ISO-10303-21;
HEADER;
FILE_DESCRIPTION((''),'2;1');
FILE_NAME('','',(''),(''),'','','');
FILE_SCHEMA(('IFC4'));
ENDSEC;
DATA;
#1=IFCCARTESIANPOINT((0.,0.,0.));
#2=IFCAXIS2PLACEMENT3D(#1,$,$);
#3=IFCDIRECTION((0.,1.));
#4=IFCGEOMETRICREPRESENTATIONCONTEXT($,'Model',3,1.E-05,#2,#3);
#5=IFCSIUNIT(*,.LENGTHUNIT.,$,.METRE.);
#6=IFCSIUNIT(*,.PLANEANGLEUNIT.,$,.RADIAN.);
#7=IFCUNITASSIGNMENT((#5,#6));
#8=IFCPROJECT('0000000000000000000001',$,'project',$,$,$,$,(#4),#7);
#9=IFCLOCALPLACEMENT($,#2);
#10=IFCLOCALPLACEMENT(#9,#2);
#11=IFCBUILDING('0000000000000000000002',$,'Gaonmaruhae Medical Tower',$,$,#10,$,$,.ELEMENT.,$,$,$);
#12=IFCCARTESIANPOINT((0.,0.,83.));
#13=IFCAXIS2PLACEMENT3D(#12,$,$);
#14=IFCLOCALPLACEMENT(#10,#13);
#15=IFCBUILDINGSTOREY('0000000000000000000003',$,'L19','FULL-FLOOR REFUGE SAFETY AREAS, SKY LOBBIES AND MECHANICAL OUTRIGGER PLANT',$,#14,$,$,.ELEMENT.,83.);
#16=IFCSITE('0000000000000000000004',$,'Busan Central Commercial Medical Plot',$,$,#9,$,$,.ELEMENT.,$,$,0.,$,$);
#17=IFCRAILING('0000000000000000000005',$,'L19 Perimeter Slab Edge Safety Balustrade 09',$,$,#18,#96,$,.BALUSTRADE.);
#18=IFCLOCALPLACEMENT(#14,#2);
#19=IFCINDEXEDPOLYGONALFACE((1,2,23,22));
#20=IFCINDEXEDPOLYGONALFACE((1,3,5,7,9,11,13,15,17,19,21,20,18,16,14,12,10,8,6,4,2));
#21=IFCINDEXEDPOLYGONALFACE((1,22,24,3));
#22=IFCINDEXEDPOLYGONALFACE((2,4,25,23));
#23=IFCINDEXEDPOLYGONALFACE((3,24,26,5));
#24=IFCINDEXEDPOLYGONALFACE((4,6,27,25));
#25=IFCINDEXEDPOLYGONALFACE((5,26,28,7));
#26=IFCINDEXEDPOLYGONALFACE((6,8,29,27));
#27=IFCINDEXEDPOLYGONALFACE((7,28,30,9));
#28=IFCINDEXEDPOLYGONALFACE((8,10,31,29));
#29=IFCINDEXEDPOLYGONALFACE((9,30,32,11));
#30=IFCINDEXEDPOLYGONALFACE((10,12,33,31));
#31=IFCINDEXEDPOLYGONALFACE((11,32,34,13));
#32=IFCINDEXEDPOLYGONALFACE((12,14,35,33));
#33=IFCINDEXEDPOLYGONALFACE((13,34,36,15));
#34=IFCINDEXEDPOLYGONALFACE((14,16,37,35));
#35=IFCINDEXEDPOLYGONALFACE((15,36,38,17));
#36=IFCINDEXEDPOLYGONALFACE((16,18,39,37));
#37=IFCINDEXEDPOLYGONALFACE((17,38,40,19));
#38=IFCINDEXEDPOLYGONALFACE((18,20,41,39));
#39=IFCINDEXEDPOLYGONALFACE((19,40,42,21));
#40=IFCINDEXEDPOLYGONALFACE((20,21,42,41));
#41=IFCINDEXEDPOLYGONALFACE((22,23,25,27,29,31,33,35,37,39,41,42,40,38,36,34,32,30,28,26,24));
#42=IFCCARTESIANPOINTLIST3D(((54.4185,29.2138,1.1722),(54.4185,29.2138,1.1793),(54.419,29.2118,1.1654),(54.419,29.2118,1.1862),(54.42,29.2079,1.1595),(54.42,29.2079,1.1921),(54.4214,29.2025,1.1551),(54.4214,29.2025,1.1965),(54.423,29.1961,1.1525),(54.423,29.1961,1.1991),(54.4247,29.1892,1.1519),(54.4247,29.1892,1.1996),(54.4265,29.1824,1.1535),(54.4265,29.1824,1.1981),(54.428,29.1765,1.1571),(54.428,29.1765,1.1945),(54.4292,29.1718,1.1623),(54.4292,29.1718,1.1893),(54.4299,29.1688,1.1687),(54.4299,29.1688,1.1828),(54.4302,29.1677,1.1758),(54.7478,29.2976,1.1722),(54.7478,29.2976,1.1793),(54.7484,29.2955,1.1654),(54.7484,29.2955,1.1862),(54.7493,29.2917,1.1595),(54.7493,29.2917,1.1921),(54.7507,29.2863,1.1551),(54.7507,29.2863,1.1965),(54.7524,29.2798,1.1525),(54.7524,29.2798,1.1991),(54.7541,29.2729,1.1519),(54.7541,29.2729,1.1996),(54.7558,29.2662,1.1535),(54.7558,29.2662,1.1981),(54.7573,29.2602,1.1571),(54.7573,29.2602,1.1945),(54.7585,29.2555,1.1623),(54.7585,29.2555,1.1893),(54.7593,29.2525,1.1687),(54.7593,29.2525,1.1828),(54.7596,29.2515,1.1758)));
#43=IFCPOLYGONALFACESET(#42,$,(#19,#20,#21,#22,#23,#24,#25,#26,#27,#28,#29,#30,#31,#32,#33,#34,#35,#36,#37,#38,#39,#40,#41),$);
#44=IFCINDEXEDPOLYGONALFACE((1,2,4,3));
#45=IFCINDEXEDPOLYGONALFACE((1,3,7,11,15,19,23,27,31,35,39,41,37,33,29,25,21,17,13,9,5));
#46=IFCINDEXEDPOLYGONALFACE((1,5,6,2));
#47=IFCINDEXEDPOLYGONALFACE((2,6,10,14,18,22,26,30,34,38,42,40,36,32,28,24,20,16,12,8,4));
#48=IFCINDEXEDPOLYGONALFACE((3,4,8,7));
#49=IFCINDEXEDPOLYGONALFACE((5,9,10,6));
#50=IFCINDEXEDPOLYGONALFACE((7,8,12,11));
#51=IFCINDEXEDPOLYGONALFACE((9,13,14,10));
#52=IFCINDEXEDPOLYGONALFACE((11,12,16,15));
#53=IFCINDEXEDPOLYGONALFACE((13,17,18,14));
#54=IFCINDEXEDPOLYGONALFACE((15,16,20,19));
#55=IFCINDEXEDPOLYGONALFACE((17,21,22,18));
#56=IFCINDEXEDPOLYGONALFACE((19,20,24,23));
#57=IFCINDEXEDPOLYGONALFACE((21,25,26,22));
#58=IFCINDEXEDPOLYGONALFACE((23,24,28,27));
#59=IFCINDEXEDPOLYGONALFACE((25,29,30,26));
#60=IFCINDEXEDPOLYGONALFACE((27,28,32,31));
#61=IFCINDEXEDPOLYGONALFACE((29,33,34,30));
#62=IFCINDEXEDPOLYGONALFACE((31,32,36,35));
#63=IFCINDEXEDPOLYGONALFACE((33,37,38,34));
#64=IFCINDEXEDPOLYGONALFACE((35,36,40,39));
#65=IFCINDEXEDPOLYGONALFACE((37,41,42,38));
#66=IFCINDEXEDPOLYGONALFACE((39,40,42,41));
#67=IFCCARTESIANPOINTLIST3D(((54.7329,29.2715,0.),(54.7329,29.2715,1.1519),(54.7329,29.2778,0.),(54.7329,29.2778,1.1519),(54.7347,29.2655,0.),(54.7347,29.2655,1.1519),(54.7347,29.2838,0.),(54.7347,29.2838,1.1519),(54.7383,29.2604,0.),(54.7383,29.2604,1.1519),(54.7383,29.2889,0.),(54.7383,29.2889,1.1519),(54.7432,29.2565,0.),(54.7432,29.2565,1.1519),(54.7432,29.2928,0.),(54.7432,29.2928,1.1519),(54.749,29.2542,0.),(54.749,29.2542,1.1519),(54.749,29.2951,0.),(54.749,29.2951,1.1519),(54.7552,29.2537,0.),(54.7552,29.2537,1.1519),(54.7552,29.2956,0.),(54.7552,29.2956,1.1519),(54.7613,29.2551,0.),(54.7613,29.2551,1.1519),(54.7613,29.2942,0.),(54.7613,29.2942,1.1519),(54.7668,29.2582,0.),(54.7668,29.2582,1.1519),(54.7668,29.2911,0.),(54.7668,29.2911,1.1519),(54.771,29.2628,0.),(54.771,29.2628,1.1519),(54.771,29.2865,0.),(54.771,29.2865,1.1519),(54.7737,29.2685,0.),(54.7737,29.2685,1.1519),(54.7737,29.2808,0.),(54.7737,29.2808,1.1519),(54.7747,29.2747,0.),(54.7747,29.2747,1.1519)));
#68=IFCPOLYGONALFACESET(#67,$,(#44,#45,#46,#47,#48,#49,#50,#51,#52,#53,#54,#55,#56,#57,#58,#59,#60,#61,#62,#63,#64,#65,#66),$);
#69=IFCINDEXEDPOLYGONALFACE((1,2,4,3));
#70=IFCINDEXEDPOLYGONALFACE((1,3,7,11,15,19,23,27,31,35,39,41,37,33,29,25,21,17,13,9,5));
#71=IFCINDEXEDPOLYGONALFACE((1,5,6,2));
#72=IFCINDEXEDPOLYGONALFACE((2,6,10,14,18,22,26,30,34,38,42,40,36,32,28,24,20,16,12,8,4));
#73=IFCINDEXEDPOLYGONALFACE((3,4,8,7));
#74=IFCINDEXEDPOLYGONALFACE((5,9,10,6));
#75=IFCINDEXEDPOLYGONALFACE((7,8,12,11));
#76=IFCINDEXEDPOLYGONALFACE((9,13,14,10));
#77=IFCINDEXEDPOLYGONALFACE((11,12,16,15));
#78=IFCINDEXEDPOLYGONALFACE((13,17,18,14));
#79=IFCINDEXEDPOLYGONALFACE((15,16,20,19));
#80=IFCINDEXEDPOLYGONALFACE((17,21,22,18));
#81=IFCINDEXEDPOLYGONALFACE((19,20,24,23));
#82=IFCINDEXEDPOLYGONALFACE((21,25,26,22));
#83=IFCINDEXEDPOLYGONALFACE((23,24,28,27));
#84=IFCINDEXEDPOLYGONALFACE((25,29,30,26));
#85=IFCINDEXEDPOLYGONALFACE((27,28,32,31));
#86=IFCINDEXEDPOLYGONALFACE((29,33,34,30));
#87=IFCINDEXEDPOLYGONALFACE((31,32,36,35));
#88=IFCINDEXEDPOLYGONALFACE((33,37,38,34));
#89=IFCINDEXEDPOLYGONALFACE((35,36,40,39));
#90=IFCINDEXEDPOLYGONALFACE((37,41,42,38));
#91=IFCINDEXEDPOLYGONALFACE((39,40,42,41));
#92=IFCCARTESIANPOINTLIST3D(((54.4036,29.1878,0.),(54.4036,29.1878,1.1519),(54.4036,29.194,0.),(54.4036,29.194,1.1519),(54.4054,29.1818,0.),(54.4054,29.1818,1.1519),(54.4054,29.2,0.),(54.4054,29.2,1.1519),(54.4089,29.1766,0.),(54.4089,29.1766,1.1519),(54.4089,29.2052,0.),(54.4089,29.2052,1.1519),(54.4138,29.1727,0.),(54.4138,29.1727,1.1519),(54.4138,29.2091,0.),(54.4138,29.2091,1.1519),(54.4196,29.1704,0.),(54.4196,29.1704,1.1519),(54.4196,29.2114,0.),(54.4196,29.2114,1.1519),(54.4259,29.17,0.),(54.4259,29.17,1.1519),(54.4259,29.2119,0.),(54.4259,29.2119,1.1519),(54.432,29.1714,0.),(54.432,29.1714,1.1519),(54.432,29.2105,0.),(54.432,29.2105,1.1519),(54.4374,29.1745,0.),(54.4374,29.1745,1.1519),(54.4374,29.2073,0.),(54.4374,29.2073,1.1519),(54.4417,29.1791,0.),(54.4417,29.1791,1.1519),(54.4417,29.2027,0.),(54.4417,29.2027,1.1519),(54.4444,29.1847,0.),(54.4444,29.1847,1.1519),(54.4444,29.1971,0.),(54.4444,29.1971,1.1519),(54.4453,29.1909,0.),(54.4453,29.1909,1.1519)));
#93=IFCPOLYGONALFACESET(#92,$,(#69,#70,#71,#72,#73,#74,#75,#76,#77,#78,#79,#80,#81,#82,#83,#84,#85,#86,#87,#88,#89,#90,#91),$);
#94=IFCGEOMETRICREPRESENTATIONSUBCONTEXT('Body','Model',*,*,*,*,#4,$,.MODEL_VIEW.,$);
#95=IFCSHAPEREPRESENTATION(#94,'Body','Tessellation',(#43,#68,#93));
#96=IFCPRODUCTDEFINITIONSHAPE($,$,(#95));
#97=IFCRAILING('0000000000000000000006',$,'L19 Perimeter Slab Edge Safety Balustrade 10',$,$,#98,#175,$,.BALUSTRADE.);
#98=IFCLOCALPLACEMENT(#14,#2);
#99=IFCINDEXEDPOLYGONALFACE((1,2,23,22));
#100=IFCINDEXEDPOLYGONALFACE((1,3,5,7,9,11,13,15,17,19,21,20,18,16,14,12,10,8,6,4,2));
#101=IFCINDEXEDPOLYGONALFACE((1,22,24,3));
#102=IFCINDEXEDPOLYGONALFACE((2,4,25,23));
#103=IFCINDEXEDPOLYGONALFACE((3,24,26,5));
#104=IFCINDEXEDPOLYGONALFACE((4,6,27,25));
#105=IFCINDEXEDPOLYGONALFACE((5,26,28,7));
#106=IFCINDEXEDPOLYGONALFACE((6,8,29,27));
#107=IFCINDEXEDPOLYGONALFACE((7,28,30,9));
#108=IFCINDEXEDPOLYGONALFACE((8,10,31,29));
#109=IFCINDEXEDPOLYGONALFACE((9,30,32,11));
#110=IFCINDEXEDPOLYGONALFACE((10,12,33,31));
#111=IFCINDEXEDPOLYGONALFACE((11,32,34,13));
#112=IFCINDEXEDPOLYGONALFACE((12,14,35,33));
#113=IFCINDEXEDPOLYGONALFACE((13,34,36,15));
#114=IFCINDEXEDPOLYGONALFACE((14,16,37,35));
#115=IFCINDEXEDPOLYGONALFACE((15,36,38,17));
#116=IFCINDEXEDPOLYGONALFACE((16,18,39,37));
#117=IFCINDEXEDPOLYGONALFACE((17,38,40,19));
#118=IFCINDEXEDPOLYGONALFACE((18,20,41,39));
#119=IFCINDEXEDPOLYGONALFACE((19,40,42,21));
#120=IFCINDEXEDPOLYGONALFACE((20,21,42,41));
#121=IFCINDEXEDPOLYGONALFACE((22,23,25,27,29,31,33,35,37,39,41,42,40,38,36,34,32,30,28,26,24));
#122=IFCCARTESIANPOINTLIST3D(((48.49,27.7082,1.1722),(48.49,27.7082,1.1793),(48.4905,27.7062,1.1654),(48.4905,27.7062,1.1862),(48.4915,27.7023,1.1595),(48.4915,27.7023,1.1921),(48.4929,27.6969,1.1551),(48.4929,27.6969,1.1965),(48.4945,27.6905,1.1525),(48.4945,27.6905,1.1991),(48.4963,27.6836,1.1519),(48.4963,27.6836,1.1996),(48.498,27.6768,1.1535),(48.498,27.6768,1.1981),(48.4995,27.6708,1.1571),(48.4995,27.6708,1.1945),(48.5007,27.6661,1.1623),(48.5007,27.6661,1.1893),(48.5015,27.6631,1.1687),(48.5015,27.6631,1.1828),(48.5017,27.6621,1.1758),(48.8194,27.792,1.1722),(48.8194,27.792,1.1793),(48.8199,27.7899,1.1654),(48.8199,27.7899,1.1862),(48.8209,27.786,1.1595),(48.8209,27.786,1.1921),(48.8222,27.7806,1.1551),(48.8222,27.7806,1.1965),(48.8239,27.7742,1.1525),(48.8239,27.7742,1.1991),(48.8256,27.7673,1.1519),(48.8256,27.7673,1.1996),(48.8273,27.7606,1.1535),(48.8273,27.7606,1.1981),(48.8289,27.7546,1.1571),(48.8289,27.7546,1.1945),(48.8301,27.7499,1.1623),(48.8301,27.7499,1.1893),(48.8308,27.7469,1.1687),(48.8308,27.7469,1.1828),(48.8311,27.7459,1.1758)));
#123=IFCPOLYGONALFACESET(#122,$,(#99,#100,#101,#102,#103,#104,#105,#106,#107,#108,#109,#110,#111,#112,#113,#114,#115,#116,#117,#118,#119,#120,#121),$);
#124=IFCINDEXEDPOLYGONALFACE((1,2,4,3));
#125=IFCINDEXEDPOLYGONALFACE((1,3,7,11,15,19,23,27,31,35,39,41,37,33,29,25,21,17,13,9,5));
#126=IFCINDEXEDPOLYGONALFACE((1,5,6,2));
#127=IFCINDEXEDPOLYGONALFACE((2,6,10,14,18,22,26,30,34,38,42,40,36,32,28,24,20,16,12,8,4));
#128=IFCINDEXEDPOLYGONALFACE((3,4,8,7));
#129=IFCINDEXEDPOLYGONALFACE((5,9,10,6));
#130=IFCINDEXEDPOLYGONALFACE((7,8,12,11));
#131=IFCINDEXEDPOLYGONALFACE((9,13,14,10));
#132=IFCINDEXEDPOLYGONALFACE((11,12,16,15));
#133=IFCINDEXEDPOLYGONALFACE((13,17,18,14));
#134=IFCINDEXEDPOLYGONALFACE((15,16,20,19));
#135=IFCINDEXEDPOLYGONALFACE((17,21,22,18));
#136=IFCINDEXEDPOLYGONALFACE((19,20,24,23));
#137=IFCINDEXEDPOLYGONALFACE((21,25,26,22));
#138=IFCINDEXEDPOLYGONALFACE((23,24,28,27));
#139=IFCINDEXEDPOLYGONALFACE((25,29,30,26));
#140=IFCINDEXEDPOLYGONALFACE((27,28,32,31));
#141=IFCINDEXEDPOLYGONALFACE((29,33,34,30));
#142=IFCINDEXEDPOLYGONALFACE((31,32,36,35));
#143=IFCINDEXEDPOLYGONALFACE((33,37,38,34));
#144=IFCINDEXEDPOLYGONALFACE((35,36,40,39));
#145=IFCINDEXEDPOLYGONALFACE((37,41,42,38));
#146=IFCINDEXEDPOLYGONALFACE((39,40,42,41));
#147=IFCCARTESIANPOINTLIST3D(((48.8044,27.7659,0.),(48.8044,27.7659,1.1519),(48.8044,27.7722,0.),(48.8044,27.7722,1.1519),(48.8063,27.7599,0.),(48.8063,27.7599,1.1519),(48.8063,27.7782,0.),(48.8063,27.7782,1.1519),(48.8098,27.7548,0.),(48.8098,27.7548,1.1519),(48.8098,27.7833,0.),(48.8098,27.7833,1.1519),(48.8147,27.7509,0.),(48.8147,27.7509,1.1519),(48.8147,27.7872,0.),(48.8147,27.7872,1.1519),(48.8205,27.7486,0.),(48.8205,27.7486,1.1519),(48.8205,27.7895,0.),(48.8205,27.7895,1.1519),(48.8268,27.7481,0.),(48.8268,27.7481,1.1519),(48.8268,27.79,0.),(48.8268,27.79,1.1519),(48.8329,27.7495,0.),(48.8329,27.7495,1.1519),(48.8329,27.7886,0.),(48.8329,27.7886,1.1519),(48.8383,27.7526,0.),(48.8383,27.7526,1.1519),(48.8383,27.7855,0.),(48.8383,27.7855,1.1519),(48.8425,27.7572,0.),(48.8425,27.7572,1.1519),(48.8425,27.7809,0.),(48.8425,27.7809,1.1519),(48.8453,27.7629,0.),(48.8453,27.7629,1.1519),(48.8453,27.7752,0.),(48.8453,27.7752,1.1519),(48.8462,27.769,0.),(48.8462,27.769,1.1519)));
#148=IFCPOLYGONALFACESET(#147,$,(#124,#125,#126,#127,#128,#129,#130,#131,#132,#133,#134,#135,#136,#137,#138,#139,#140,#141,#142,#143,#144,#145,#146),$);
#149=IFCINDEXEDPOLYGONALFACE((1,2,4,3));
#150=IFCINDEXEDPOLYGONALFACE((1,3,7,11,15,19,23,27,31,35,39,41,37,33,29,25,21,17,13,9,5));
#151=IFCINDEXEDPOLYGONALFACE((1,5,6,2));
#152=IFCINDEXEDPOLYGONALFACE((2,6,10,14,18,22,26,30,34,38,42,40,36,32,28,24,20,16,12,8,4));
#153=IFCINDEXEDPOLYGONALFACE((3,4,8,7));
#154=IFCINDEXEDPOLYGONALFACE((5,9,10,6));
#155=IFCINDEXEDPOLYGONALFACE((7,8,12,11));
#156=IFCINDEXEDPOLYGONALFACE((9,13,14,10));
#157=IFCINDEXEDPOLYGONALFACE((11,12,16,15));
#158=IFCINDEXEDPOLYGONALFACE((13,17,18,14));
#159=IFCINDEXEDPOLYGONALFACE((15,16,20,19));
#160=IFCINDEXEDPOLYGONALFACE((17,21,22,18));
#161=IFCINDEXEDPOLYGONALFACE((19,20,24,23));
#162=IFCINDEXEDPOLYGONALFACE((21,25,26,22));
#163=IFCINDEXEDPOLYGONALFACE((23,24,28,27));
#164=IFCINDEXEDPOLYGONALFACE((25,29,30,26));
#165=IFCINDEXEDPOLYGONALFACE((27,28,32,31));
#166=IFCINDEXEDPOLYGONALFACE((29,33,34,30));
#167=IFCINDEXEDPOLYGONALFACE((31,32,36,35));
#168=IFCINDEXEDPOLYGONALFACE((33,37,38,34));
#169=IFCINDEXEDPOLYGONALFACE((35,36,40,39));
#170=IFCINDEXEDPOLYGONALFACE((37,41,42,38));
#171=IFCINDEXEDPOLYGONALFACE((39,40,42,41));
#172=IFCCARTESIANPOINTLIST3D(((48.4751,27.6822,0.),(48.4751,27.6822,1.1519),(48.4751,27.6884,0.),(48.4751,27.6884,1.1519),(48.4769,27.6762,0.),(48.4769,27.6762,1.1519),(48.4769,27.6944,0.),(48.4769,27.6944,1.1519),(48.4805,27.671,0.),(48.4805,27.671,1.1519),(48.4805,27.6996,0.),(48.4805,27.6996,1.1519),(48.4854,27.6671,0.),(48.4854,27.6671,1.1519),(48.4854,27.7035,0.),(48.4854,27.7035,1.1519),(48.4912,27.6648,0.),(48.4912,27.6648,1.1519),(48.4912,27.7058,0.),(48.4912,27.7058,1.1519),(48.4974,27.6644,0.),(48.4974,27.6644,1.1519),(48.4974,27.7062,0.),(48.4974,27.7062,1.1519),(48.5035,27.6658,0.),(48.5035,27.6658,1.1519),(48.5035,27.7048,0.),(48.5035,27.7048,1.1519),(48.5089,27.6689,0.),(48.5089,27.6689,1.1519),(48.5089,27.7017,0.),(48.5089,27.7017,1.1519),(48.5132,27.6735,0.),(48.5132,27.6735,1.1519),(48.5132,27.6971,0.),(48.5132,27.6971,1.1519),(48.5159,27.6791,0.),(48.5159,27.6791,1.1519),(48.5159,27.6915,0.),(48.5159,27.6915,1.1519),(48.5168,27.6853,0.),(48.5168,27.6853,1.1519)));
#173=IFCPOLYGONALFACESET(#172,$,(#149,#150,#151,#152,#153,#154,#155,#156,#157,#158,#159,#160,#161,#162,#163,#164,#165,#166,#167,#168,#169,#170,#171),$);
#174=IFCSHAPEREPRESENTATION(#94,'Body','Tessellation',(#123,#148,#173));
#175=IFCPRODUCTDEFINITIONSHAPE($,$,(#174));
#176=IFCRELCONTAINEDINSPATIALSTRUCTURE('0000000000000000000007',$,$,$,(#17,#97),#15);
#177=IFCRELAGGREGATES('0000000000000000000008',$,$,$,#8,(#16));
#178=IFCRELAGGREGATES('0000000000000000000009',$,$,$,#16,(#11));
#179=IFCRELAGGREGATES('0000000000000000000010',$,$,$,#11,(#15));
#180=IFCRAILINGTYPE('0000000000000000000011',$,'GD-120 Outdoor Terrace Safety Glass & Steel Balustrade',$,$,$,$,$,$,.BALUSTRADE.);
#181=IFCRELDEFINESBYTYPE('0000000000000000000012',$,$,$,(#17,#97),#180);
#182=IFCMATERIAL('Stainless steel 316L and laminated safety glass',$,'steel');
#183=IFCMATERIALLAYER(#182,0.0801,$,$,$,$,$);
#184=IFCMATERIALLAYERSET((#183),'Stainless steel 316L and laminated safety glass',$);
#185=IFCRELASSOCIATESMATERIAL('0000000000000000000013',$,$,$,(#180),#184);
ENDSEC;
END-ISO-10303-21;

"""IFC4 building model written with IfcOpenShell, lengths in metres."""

from ifc_helpers import new_model, si_unit, direction, frame, origin, origin_2d, place, context, subcontext, project, spatial, circle, extrude, material, layer, layer_set, type_object, element, save


model = new_model("IFC4")

# Units and contexts
model_context = context("Model", 3, precision=1e-05, world=origin(), true_north=direction((0.0, 1.0)))
body_context = subcontext(model_context, "Body", "Model", "MODEL_VIEW")
ifc_project = project(units=[si_unit("LENGTHUNIT", "METRE"), si_unit("PLANEANGLEUNIT", "RADIAN")], contexts=[model_context])

# Site, building, storey
site_placement = place(None, origin())
site = spatial("IfcSite", under=ifc_project, at=site_placement, Name="Busan Central Commercial Medical Plot", CompositionType="ELEMENT", RefElevation=0.0)
building_placement = place(site_placement, origin())
building = spatial("IfcBuilding", under=site, at=building_placement, Name="Gaonmaruhae Medical Tower", CompositionType="ELEMENT")
storey_placement = place(building_placement, frame((0.0, 0.0, 83.0)))
storey = spatial("IfcBuildingStorey", under=building, at=storey_placement, Name="L19", Description="FULL-FLOOR REFUGE SAFETY AREAS, SKY LOBBIES AND MECHANICAL OUTRIGGER PLANT", CompositionType="ELEMENT", Elevation=83.0)

# Railings
ifc_material_1 = material(Name="Stainless steel 316L and laminated safety glass", Category="steel")
ifc_layer_1 = layer(ifc_material_1, 0.0801)
ifc_layer_set_1 = layer_set([ifc_layer_1], Name="Stainless steel 316L and laminated safety glass")
railing_type = type_object("IfcRailingType", Name="GD-120 Outdoor Terrace Safety Glass & Steel Balustrade", PredefinedType="BALUSTRADE", material=ifc_layer_set_1)
for number, where, name in (
    (1, (54.7537, 29.2747, 0.0), "L19 Perimeter Slab Edge Safety Balustrade 09"),
    (2, (48.8252, 27.769, 0.0), "L19 Perimeter Slab Edge Safety Balustrade 10"),
):
    element("IfcRailing", number, at=place(storey_placement, frame(where)), inside=storey, type_object=railing_type, Name=name, PredefinedType="BALUSTRADE", context=body_context, shape_type="SweptSolid", body=[
        extrude(circle(Radius=0.0239, at=origin_2d()), frame((0.0, 0.0, 1.1758), z_axis=(-0.969163, -0.246422, 0.0), x_axis=(0.246422, -0.969163, 0.0)), (0.0, 0.0, 1.0), 0.3398),
        extrude(circle(Radius=0.021, at=origin_2d()), origin(), (0.0, 0.0, 1.0), 1.1519),
        extrude(circle(Radius=0.021, at=origin_2d()), frame((-0.3293, -0.0837, 0.0)), (0.0, 0.0, 1.0), 1.1519),
    ])

save(model, "model.ifc")
